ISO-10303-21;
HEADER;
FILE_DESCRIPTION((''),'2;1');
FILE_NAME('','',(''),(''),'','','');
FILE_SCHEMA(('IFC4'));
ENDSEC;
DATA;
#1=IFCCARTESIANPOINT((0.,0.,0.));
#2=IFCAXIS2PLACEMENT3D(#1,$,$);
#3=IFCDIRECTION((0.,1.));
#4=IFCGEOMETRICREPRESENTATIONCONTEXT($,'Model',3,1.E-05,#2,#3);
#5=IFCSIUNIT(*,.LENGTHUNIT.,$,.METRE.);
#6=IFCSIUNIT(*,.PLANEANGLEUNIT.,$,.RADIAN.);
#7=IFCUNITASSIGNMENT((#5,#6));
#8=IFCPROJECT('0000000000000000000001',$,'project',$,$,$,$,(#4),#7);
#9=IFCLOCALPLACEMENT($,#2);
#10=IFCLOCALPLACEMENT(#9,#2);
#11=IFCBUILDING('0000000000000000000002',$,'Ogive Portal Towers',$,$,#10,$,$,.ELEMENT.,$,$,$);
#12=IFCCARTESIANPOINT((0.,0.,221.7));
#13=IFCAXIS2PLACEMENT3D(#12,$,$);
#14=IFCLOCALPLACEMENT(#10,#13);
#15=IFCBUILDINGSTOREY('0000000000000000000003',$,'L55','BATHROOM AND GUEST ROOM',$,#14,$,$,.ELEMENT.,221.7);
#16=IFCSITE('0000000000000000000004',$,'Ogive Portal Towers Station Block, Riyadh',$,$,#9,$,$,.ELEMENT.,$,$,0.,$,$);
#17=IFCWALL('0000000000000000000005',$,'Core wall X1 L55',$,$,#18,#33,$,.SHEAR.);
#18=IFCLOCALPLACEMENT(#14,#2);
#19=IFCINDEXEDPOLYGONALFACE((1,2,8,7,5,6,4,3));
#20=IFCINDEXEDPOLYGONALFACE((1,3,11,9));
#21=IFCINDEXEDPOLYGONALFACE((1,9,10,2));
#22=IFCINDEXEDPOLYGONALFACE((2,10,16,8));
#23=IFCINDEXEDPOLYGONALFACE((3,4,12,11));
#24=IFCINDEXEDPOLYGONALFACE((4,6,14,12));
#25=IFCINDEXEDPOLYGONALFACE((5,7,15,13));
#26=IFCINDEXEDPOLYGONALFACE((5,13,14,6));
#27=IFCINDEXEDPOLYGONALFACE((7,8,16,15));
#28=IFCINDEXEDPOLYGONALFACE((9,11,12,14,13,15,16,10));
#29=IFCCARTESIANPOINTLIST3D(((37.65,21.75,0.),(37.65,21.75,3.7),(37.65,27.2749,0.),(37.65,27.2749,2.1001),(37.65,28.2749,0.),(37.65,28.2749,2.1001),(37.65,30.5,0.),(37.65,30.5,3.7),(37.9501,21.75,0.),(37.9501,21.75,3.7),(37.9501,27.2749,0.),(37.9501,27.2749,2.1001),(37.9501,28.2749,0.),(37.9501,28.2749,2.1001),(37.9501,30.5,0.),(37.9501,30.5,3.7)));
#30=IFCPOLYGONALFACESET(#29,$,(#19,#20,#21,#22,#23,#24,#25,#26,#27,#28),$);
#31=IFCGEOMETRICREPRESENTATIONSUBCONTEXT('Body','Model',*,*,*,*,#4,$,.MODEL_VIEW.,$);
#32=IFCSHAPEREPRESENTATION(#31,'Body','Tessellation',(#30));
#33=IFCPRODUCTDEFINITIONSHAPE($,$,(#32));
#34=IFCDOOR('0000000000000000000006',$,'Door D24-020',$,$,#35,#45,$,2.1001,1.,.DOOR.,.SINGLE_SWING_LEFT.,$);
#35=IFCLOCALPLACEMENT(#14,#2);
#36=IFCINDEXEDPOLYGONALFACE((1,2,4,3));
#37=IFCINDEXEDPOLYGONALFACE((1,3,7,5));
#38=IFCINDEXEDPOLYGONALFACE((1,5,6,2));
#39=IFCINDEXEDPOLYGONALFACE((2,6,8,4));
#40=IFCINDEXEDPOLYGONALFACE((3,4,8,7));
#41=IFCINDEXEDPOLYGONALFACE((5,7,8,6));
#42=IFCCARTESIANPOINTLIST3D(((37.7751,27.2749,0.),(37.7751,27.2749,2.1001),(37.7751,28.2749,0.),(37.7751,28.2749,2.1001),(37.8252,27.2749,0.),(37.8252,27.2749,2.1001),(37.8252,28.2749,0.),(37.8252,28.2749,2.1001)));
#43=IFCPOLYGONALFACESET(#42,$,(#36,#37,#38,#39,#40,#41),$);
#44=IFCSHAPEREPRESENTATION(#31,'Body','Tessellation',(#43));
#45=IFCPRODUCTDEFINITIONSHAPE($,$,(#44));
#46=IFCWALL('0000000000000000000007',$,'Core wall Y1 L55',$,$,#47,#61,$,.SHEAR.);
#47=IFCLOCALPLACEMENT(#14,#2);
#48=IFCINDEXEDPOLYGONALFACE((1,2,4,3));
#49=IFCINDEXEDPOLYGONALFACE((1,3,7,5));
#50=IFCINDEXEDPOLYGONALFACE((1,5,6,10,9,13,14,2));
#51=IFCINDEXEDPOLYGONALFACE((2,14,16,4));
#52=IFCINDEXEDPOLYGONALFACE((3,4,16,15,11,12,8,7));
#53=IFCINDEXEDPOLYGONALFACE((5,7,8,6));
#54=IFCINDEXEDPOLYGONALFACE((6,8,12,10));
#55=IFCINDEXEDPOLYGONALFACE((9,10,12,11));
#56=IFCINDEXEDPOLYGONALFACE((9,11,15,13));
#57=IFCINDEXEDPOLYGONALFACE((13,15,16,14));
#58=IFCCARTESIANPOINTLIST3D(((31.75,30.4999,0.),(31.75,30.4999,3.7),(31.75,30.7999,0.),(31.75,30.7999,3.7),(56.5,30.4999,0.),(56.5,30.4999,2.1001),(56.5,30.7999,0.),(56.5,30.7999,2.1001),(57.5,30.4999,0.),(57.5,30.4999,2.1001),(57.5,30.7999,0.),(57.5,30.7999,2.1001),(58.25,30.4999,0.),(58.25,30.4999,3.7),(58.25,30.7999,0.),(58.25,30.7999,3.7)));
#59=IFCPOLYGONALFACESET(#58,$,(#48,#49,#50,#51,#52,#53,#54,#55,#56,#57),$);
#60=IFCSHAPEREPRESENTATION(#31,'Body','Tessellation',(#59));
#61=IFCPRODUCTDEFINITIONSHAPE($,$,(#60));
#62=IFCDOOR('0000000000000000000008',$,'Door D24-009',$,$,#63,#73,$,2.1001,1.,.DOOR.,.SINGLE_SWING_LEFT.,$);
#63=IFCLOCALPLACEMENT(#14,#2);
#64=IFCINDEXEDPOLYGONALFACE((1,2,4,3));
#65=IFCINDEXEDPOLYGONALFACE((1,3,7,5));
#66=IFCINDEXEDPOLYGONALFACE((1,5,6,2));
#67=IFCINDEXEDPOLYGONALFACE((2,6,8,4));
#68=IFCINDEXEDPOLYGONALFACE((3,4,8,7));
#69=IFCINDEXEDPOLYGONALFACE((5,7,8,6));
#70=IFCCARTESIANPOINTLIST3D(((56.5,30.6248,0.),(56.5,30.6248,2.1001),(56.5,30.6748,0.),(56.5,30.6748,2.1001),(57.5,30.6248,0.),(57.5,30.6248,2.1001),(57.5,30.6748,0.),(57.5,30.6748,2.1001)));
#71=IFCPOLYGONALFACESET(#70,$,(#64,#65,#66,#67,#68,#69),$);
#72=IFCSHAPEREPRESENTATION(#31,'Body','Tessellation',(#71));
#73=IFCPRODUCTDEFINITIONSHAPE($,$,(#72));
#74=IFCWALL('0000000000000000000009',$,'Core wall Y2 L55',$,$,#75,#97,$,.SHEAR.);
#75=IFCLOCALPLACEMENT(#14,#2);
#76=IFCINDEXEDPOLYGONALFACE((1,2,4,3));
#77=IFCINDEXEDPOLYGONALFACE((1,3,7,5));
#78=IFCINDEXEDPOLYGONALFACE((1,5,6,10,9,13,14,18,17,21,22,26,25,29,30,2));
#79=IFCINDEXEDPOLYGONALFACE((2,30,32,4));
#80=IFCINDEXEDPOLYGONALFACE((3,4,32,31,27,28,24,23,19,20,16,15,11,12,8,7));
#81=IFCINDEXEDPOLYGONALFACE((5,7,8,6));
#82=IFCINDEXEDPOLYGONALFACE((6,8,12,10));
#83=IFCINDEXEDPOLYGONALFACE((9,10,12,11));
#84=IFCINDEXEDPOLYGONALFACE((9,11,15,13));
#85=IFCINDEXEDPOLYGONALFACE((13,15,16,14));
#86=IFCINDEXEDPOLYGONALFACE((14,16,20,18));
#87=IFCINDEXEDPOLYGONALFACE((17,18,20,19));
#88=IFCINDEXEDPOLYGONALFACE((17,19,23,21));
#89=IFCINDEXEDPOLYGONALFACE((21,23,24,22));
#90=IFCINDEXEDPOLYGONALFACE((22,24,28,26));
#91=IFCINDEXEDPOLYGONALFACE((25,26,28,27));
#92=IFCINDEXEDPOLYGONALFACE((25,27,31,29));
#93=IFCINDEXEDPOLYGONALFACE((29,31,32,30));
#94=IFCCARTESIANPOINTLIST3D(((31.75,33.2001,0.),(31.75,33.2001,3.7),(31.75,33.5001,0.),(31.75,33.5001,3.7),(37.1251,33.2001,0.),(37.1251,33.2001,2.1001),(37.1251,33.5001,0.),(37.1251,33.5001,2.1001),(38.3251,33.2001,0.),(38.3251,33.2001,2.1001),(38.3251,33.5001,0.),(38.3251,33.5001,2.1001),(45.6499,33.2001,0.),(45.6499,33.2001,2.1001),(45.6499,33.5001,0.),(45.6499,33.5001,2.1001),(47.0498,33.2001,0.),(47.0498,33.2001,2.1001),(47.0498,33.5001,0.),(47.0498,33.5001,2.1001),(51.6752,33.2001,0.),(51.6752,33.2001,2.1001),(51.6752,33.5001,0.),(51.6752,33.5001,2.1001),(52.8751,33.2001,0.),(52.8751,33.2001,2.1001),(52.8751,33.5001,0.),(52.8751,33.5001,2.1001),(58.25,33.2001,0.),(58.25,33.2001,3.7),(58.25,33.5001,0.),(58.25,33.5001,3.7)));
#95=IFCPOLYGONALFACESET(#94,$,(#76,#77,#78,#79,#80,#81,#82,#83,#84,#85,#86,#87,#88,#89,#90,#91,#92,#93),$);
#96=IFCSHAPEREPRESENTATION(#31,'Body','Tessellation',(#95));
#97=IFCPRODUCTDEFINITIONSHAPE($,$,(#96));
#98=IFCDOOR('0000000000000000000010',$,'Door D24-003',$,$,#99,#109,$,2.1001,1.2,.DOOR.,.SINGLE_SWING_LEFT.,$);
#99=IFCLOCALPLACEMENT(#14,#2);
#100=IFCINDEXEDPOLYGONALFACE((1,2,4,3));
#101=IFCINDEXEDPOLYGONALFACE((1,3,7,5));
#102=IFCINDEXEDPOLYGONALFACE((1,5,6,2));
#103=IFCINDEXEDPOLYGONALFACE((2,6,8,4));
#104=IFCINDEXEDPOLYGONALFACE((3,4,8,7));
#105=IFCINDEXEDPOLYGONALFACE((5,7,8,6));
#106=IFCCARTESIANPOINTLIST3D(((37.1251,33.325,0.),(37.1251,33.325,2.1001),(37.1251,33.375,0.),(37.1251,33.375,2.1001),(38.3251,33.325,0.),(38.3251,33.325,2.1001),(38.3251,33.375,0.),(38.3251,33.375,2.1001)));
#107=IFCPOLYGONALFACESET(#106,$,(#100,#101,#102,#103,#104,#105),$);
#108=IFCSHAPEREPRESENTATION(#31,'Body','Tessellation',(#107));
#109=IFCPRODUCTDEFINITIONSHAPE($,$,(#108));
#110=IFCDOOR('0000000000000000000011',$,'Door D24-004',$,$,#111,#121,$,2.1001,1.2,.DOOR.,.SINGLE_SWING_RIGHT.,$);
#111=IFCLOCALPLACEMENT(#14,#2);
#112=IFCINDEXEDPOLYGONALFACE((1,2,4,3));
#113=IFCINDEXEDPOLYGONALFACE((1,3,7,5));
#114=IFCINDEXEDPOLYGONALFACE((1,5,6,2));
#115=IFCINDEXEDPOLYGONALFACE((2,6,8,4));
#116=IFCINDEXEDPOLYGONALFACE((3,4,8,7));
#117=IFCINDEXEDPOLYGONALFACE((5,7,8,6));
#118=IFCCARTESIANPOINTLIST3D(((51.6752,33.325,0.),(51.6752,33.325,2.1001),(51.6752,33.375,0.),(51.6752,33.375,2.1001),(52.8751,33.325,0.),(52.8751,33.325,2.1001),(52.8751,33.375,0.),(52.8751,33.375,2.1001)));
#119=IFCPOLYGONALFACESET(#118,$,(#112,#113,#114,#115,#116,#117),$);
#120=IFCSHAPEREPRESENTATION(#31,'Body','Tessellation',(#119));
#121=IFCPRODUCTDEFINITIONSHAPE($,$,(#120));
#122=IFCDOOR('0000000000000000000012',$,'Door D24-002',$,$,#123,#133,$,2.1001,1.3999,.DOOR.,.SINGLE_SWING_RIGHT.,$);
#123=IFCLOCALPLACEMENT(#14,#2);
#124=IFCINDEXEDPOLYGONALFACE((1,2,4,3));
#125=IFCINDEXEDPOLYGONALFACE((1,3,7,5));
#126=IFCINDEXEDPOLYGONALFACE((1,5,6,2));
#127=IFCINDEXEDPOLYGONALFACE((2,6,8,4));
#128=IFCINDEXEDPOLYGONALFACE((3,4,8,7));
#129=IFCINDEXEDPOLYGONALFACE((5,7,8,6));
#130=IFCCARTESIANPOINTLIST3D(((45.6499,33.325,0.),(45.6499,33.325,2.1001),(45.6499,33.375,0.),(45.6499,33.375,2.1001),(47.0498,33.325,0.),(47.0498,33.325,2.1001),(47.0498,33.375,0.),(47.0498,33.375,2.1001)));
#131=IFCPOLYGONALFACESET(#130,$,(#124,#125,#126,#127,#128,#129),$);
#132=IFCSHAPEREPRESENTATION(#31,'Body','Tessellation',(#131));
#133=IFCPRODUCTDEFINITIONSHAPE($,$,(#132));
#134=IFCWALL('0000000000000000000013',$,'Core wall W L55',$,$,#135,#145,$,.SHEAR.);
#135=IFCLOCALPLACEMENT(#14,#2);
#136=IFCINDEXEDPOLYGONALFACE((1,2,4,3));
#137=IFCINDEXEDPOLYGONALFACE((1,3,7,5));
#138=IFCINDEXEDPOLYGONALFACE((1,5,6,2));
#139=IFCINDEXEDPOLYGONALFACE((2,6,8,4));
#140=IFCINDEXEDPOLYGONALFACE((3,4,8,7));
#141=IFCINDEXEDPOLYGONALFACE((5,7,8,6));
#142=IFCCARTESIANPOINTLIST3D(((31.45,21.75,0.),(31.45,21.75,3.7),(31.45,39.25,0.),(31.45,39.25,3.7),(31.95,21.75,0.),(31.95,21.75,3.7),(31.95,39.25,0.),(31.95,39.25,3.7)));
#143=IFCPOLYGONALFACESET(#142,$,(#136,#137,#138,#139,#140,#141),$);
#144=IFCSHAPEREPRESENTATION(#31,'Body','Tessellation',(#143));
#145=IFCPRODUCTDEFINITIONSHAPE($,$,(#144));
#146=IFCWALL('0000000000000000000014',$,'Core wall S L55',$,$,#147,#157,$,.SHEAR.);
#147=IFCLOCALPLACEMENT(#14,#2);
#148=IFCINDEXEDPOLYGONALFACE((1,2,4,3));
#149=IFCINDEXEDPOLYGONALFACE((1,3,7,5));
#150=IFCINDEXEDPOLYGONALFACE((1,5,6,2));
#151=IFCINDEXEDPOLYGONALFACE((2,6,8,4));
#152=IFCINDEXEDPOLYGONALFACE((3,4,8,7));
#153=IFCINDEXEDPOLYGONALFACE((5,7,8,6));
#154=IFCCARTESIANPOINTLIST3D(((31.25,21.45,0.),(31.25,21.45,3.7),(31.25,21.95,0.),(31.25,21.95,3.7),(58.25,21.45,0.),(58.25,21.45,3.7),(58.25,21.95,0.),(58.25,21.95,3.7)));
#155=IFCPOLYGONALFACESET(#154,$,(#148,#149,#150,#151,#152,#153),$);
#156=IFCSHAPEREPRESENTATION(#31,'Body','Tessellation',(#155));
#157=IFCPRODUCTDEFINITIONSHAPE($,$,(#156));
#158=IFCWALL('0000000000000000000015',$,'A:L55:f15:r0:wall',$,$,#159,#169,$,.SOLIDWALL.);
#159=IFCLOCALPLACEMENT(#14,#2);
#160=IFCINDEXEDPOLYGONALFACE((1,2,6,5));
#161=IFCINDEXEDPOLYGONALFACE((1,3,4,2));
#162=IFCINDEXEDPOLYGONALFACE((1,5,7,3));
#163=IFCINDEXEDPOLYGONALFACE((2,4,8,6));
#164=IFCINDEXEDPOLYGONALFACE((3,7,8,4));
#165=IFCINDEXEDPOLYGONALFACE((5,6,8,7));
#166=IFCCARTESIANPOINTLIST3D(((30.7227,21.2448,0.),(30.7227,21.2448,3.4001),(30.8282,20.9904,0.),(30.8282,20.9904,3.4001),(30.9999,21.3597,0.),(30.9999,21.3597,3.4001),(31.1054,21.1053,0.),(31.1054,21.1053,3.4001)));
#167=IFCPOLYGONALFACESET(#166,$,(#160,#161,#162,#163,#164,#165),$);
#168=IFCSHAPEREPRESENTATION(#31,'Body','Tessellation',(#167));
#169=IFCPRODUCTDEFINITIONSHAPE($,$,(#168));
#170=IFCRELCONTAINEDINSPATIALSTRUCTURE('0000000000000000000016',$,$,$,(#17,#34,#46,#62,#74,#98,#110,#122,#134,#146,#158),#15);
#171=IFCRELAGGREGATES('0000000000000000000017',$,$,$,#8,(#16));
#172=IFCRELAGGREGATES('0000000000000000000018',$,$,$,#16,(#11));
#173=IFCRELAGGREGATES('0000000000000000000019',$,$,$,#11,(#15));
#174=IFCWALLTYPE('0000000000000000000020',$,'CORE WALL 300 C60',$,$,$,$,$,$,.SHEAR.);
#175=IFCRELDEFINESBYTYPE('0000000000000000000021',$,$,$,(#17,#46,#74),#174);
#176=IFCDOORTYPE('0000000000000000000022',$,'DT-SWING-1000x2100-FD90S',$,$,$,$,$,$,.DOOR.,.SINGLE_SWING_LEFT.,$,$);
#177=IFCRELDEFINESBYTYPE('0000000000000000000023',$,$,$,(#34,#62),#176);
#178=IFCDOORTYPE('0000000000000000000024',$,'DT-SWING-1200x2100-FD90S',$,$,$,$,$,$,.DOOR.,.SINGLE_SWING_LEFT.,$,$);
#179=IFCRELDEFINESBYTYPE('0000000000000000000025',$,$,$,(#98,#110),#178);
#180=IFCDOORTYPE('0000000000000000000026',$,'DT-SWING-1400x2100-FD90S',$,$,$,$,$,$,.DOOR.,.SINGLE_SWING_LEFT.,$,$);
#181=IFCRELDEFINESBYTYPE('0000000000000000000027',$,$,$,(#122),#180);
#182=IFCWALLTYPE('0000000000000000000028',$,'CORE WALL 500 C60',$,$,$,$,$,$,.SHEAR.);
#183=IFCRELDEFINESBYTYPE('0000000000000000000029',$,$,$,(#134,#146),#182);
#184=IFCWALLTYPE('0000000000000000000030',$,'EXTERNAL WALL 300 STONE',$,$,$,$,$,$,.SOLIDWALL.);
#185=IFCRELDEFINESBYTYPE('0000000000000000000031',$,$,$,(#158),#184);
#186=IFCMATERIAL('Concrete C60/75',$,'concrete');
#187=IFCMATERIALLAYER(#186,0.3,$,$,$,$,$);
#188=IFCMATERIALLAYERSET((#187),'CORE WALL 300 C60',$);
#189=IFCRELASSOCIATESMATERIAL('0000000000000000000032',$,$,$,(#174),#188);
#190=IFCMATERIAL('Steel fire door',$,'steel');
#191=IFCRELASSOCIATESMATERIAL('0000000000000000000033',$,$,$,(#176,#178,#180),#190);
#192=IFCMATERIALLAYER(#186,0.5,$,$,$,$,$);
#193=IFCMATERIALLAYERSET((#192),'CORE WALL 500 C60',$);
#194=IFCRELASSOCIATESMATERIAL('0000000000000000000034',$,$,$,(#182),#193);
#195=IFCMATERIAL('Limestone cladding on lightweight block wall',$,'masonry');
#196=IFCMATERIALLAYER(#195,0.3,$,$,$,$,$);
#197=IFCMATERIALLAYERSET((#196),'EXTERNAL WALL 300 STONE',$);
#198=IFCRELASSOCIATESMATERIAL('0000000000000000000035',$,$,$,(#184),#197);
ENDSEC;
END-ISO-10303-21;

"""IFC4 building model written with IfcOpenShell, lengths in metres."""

from ifc_helpers import new_model, si_unit, direction, frame, frame_2d, origin, place, context, subcontext, project, spatial, rectangle, extrude, material, layer, layer_set, type_object, element, fill, save


model = new_model("IFC4")

# Units and contexts
model_context = context("Model", 3, precision=1e-05, world=origin(), true_north=direction((0.0, 1.0)))
body_context = subcontext(model_context, "Body", "Model", "MODEL_VIEW")
ifc_project = project(units=[si_unit("LENGTHUNIT", "METRE"), si_unit("PLANEANGLEUNIT", "RADIAN")], contexts=[model_context])

# Site, building, storey
site_placement = place(None, origin())
site = spatial("IfcSite", under=ifc_project, at=site_placement, Name="Ogive Portal Towers Station Block, Riyadh", CompositionType="ELEMENT", RefElevation=0.0)
building_placement = place(site_placement, origin())
building = spatial("IfcBuilding", under=site, at=building_placement, Name="Ogive Portal Towers", CompositionType="ELEMENT")
storey_placement = place(building_placement, frame((0.0, 0.0, 221.7)))
storey = spatial("IfcBuildingStorey", under=building, at=storey_placement, Name="L55", Description="BATHROOM AND GUEST ROOM", CompositionType="ELEMENT", Elevation=221.7)

# Walls, openings, doors
ifc_material_1 = material(Name="Concrete C60/75", Category="concrete")
ifc_layer_1 = layer(ifc_material_1, 0.3)
ifc_layer_set_1 = layer_set([ifc_layer_1], Name="CORE WALL 300 C60")
wall_type_1 = type_object("IfcWallType", Name="CORE WALL 300 C60", PredefinedType="SHEAR", material=ifc_layer_set_1)
wall_1_placement = place(storey_placement, frame((37.8, 21.75, 0.0), z_axis=(0.0, 0.0, 1.0), x_axis=(0.0, 1.0, 0.0)))
wall_1 = element("IfcWall", 1, at=wall_1_placement, inside=storey, type_object=wall_type_1, Name="Core wall X1 L55", PredefinedType="SHEAR", context=body_context, shape_type="SweptSolid", body=[
    extrude(rectangle(XDim=8.75, YDim=0.3, at=frame_2d((4.375, 0.0))), origin(), (0.0, 0.0, 1.0), 3.7),
])
opening_1_placement = place(wall_1_placement, frame((5.5249, 0.0, 0.0)))
opening_1 = element("IfcOpeningElement", 2, at=opening_1_placement, cuts=wall_1, PredefinedType="OPENING", context=body_context, shape_type="SweptSolid", body=[
    extrude(rectangle(XDim=1.0, YDim=2.1001, at=frame_2d((0.5, 1.05))), frame((0.0, 0.1602, 0.0), z_axis=(0.0, -1.0, 0.0), x_axis=(1.0, 0.0, 0.0)), (0.0, 0.0, 1.0), 0.3201),
])
ifc_material_2 = material(Name="Steel fire door", Category="steel")
door_type_1 = type_object("IfcDoorType", Name="DT-SWING-1000x2100-FD90S", OperationType="SINGLE_SWING_LEFT", PredefinedType="DOOR", material=ifc_material_2)
door_1_placement = place(opening_1_placement, origin())
door_1 = element("IfcDoor", 3, at=door_1_placement, inside=storey, type_object=door_type_1, Name="Door D24-020", OperationType="SINGLE_SWING_LEFT", OverallHeight=2.1001, OverallWidth=1.0, PredefinedType="DOOR", context=body_context, shape_type="SweptSolid", body=[
    extrude(rectangle(XDim=1.0, YDim=2.1001, at=frame_2d((0.5, 1.05))), frame((0.0, 0.0249, 0.0), z_axis=(0.0, -1.0, 0.0), x_axis=(1.0, 0.0, 0.0)), (0.0, 0.0, 1.0), 0.05),
])
fill(opening_1, door_1)
wall_2_placement = place(storey_placement, frame((31.75, 30.6499, 0.0), z_axis=(0.0, 0.0, 1.0), x_axis=(1.0, 0.0, 0.0)))
wall_2 = element("IfcWall", 4, at=wall_2_placement, inside=storey, type_object=wall_type_1, Name="Core wall Y1 L55", PredefinedType="SHEAR", context=body_context, shape_type="SweptSolid", body=[
    extrude(rectangle(XDim=26.5, YDim=0.3, at=frame_2d((13.25, 0.0))), origin(), (0.0, 0.0, 1.0), 3.7),
])
opening_2_placement = place(wall_2_placement, frame((24.75, 0.0, 0.0)))
opening_2 = element("IfcOpeningElement", 5, at=opening_2_placement, cuts=wall_2, PredefinedType="OPENING", context=body_context, shape_type="SweptSolid", body=[
    extrude(rectangle(XDim=1.0, YDim=2.1001, at=frame_2d((0.5, 1.05))), frame((0.0, 0.1602, 0.0), z_axis=(0.0, -1.0, 0.0), x_axis=(1.0, 0.0, 0.0)), (0.0, 0.0, 1.0), 0.3201),
])
door_2_placement = place(opening_2_placement, origin())
door_2 = element("IfcDoor", 6, at=door_2_placement, inside=storey, type_object=door_type_1, Name="Door D24-009", OperationType="SINGLE_SWING_LEFT", OverallHeight=2.1001, OverallWidth=1.0, PredefinedType="DOOR", context=body_context, shape_type="SweptSolid", body=[
    extrude(rectangle(XDim=1.0, YDim=2.1001, at=frame_2d((0.5, 1.05))), frame((0.0, 0.0249, 0.0), z_axis=(0.0, -1.0, 0.0), x_axis=(1.0, 0.0, 0.0)), (0.0, 0.0, 1.0), 0.05),
])
fill(opening_2, door_2)

# Wall, openings, doors
wall_3_placement = place(storey_placement, frame((31.75, 33.3501, 0.0), z_axis=(0.0, 0.0, 1.0), x_axis=(1.0, 0.0, 0.0)))
wall_3 = element("IfcWall", 7, at=wall_3_placement, inside=storey, type_object=wall_type_1, Name="Core wall Y2 L55", PredefinedType="SHEAR", context=body_context, shape_type="SweptSolid", body=[
    extrude(rectangle(XDim=26.5, YDim=0.3, at=frame_2d((13.25, 0.0))), origin(), (0.0, 0.0, 1.0), 3.7),
])
opening_3_placement = place(wall_3_placement, frame((13.8999, 0.0, 0.0)))
opening_3 = element("IfcOpeningElement", 8, at=opening_3_placement, cuts=wall_3, PredefinedType="OPENING", context=body_context, shape_type="SweptSolid", body=[
    extrude(rectangle(XDim=1.3999, YDim=2.1001, at=frame_2d((0.7, 1.05))), frame((0.0, 0.1602, 0.0), z_axis=(0.0, -1.0, 0.0), x_axis=(1.0, 0.0, 0.0)), (0.0, 0.0, 1.0), 0.3201),
])
opening_4_placement = place(wall_3_placement, frame((5.375, 0.0, 0.0)))
opening_4 = element("IfcOpeningElement", 9, at=opening_4_placement, cuts=wall_3, PredefinedType="OPENING", context=body_context, shape_type="SweptSolid", body=[
    extrude(rectangle(XDim=1.2, YDim=2.1001, at=frame_2d((0.6001, 1.05))), frame((0.0, 0.1602, 0.0), z_axis=(0.0, -1.0, 0.0), x_axis=(1.0, 0.0, 0.0)), (0.0, 0.0, 1.0), 0.3201),
])
opening_5_placement = place(wall_3_placement, frame((19.925, 0.0, 0.0)))
opening_5 = element("IfcOpeningElement", 10, at=opening_5_placement, cuts=wall_3, PredefinedType="OPENING", context=body_context, shape_type="SweptSolid", body=[
    extrude(rectangle(XDim=1.2, YDim=2.1001, at=frame_2d((0.6001, 1.05))), frame((0.0, 0.1602, 0.0), z_axis=(0.0, -1.0, 0.0), x_axis=(1.0, 0.0, 0.0)), (0.0, 0.0, 1.0), 0.3201),
])
door_type_2 = type_object("IfcDoorType", Name="DT-SWING-1200x2100-FD90S", OperationType="SINGLE_SWING_LEFT", PredefinedType="DOOR", material=ifc_material_2)
door_3_placement = place(opening_4_placement, origin())
door_3 = element("IfcDoor", 11, at=door_3_placement, inside=storey, type_object=door_type_2, Name="Door D24-003", OperationType="SINGLE_SWING_LEFT", OverallHeight=2.1001, OverallWidth=1.2, PredefinedType="DOOR", context=body_context, shape_type="SweptSolid", body=[
    extrude(rectangle(XDim=1.2, YDim=2.1001, at=frame_2d((0.6001, 1.05))), frame((0.0, 0.0249, 0.0), z_axis=(0.0, -1.0, 0.0), x_axis=(1.0, 0.0, 0.0)), (0.0, 0.0, 1.0), 0.05),
])
fill(opening_4, door_3)
door_4_placement = place(opening_5_placement, origin())
door_4 = element("IfcDoor", 12, at=door_4_placement, inside=storey, type_object=door_type_2, Name="Door D24-004", OperationType="SINGLE_SWING_RIGHT", OverallHeight=2.1001, OverallWidth=1.2, PredefinedType="DOOR", context=body_context, shape_type="SweptSolid", body=[
    extrude(rectangle(XDim=1.2, YDim=2.1001, at=frame_2d((0.6001, 1.05))), frame((0.0, 0.0249, 0.0), z_axis=(0.0, -1.0, 0.0), x_axis=(1.0, 0.0, 0.0)), (0.0, 0.0, 1.0), 0.05),
])
fill(opening_5, door_4)
door_type_3 = type_object("IfcDoorType", Name="DT-SWING-1400x2100-FD90S", OperationType="SINGLE_SWING_LEFT", PredefinedType="DOOR", material=ifc_material_2)
door_5_placement = place(opening_3_placement, origin())
door_5 = element("IfcDoor", 13, at=door_5_placement, inside=storey, type_object=door_type_3, Name="Door D24-002", OperationType="SINGLE_SWING_RIGHT", OverallHeight=2.1001, OverallWidth=1.3999, PredefinedType="DOOR", context=body_context, shape_type="SweptSolid", body=[
    extrude(rectangle(XDim=1.3999, YDim=2.1001, at=frame_2d((0.7, 1.05))), frame((0.0, 0.0249, 0.0), z_axis=(0.0, -1.0, 0.0), x_axis=(1.0, 0.0, 0.0)), (0.0, 0.0, 1.0), 0.05),
])
fill(opening_3, door_5)

# Walls
ifc_layer_2 = layer(ifc_material_1, 0.5)
ifc_layer_set_2 = layer_set([ifc_layer_2], Name="CORE WALL 500 C60")
wall_type_2 = type_object("IfcWallType", Name="CORE WALL 500 C60", PredefinedType="SHEAR", material=ifc_layer_set_2)
wall_4_placement = place(storey_placement, frame((31.7, 21.75, 0.0), z_axis=(0.0, 0.0, 1.0), x_axis=(0.0, 1.0, 0.0)))
element("IfcWall", 14, at=wall_4_placement, inside=storey, type_object=wall_type_2, Name="Core wall W L55", PredefinedType="SHEAR", context=body_context, shape_type="SweptSolid", body=[
    extrude(rectangle(XDim=17.5, YDim=0.5, at=frame_2d((8.75, 0.0))), origin(), (0.0, 0.0, 1.0), 3.7),
])
wall_5_placement = place(storey_placement, frame((31.25, 21.7, 0.0), z_axis=(0.0, 0.0, 1.0), x_axis=(1.0, 0.0, 0.0)))
element("IfcWall", 15, at=wall_5_placement, inside=storey, type_object=wall_type_2, Name="Core wall S L55", PredefinedType="SHEAR", context=body_context, shape_type="SweptSolid", body=[
    extrude(rectangle(XDim=27.0, YDim=0.5, at=frame_2d((13.5, 0.0))), origin(), (0.0, 0.0, 1.0), 3.7),
])
ifc_material_3 = material(Name="Limestone cladding on lightweight block wall", Category="masonry")
ifc_layer_3 = layer(ifc_material_3, 0.3)
ifc_layer_set_3 = layer_set([ifc_layer_3], Name="EXTERNAL WALL 300 STONE")
wall_type_3 = type_object("IfcWallType", Name="EXTERNAL WALL 300 STONE", PredefinedType="SOLIDWALL", material=ifc_layer_set_3)
for number, where, z_axis, x_axis, name in (
    (16, (30.8613, 21.3022, 0.0), (0.0, 0.0, 1.0), (0.382978, -0.923757, 0.0), "A:L55:f15:r0:wall"),
):
    element("IfcWall", number, at=place(storey_placement, frame(where, z_axis=z_axis, x_axis=x_axis)), inside=storey, type_object=wall_type_3, Name=name, PredefinedType="SOLIDWALL", context=body_context, shape_type="SweptSolid", body=[
        extrude(rectangle(XDim=0.2754, YDim=0.3, at=frame_2d((0.1377, 0.0))), origin(), (0.0, 0.0, 1.0), 3.4001),
    ])

save(model, "model.ifc")
